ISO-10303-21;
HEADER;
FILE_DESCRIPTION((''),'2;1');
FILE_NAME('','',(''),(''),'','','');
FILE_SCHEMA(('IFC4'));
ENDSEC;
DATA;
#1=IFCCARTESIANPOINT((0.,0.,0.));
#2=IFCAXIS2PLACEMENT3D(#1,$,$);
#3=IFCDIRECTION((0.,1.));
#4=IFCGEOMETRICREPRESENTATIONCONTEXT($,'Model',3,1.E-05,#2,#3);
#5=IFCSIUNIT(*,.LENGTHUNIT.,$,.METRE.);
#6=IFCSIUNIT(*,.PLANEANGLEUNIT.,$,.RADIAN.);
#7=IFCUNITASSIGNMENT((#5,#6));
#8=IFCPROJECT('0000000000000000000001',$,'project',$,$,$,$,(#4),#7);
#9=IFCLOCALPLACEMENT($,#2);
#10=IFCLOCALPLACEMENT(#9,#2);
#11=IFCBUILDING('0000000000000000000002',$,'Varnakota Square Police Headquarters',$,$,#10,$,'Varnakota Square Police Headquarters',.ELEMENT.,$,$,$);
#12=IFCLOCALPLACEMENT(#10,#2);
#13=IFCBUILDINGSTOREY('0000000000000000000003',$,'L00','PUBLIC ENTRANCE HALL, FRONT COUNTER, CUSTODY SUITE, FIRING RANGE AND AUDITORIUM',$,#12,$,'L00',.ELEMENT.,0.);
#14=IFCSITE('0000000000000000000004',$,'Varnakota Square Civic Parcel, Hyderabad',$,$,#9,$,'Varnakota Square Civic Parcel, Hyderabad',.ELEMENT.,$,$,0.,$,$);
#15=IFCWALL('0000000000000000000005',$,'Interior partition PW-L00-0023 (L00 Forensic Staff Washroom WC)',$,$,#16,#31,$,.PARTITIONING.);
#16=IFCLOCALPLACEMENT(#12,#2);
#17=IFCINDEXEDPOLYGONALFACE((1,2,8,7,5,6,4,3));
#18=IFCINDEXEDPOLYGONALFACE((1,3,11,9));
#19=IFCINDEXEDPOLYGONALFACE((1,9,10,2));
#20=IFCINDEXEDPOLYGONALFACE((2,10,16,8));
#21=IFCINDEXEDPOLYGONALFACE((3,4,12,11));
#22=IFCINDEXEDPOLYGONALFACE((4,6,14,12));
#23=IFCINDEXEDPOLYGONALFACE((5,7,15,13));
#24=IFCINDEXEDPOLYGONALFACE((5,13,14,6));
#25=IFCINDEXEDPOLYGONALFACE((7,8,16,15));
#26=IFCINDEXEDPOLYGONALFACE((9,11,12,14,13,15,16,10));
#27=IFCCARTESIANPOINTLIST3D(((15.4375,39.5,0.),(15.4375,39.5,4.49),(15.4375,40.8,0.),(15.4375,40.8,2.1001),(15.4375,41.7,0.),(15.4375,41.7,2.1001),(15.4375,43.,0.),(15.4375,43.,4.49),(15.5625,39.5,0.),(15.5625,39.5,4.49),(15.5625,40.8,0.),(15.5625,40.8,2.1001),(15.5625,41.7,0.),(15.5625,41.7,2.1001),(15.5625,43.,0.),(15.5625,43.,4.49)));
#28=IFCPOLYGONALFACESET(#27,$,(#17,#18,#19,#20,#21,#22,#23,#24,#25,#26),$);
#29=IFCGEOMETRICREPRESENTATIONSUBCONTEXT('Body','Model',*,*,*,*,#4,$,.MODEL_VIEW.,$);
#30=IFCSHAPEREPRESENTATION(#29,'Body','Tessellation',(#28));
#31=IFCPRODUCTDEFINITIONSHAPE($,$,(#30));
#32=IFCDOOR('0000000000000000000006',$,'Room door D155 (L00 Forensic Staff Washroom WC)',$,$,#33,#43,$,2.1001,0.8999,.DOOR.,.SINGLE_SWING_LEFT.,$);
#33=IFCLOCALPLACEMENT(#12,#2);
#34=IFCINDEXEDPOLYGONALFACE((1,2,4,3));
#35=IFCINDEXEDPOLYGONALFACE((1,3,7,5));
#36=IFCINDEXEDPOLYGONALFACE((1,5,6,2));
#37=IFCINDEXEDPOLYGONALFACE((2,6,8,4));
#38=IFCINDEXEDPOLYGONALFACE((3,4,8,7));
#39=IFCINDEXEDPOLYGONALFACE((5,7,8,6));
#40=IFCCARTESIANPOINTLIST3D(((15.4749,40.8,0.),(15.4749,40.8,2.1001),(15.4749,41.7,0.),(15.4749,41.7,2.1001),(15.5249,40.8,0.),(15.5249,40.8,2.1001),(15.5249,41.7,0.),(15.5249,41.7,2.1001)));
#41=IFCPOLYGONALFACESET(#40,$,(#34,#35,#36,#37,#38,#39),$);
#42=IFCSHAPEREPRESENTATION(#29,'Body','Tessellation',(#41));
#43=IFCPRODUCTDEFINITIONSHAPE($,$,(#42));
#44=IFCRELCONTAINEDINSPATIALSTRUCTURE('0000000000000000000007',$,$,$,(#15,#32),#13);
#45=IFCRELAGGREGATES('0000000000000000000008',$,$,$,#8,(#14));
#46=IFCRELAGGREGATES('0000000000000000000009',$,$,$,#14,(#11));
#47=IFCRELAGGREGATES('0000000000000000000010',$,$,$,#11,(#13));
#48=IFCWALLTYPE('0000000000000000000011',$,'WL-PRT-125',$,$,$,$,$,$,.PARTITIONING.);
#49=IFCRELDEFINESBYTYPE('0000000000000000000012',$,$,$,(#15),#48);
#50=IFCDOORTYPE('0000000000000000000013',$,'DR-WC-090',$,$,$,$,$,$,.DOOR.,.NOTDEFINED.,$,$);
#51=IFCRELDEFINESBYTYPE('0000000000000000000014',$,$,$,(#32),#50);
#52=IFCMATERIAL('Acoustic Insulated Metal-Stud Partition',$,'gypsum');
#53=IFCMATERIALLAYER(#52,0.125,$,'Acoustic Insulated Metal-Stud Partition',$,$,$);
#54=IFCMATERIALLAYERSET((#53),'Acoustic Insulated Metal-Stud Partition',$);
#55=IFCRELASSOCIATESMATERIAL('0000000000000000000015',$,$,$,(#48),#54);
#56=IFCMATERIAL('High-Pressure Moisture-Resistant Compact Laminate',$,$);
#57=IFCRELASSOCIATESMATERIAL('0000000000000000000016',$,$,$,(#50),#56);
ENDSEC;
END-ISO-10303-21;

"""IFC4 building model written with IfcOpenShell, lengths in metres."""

from ifc_helpers import new_model, si_unit, direction, frame, frame_2d, origin, place, context, subcontext, project, spatial, rectangle, extrude, material, layer, layer_set, type_object, element, fill, save


model = new_model("IFC4")

# Units and contexts
model_context = context("Model", 3, precision=1e-05, world=origin(), true_north=direction((0.0, 1.0)))
body_context = subcontext(model_context, "Body", "Model", "MODEL_VIEW")
ifc_project = project(units=[si_unit("LENGTHUNIT", "METRE"), si_unit("PLANEANGLEUNIT", "RADIAN")], contexts=[model_context])

# Site, building, storey
site_placement = place(None, origin())
site = spatial("IfcSite", under=ifc_project, at=site_placement, Name="Varnakota Square Civic Parcel, Hyderabad", LongName="Varnakota Square Civic Parcel, Hyderabad", CompositionType="ELEMENT", RefElevation=0.0)
building_placement = place(site_placement, origin())
building = spatial("IfcBuilding", under=site, at=building_placement, Name="Varnakota Square Police Headquarters", LongName="Varnakota Square Police Headquarters", CompositionType="ELEMENT")
storey_placement = place(building_placement, origin())
storey = spatial("IfcBuildingStorey", under=building, at=storey_placement, Name="L00", Description="PUBLIC ENTRANCE HALL, FRONT COUNTER, CUSTODY SUITE, FIRING RANGE AND AUDITORIUM", LongName="L00", CompositionType="ELEMENT", Elevation=0.0)

# Wall, opening, door
ifc_material_1 = material(Name="Acoustic Insulated Metal-Stud Partition", Category="gypsum")
ifc_layer_1 = layer(ifc_material_1, 0.125, Name="Acoustic Insulated Metal-Stud Partition")
ifc_layer_set_1 = layer_set([ifc_layer_1], Name="Acoustic Insulated Metal-Stud Partition")
wall_type_1 = type_object("IfcWallType", Name="WL-PRT-125", PredefinedType="PARTITIONING", material=ifc_layer_set_1)
wall_1_placement = place(storey_placement, frame((15.5, 43.0, 0.0), z_axis=(0.0, 0.0, 1.0), x_axis=(0.0, -1.0, 0.0)))
wall_1 = element("IfcWall", 1, at=wall_1_placement, inside=storey, type_object=wall_type_1, Name="Interior partition PW-L00-0023 (L00 Forensic Staff Washroom WC)", PredefinedType="PARTITIONING", context=body_context, shape_type="SweptSolid", body=[
    extrude(rectangle(XDim=3.5, YDim=0.125, at=frame_2d((1.75, 0.0))), origin(), (0.0, 0.0, 1.0), 4.49),
])
opening_1_placement = place(wall_1_placement, frame((1.3, 0.0, 0.0)))
opening_1 = element("IfcOpeningElement", 2, at=opening_1_placement, cuts=wall_1, PredefinedType="OPENING", context=body_context, shape_type="SweptSolid", body=[
    extrude(rectangle(XDim=0.8999, YDim=2.1001, at=frame_2d((0.45, 1.05))), frame((0.0, 0.0725, 0.0), z_axis=(0.0, -1.0, 0.0), x_axis=(1.0, 0.0, 0.0)), (0.0, 0.0, 1.0), 0.145),
])
ifc_material_2 = material(Name="High-Pressure Moisture-Resistant Compact Laminate")
door_type_1 = type_object("IfcDoorType", Name="DR-WC-090", OperationType="NOTDEFINED", PredefinedType="DOOR", material=ifc_material_2)
door_1_placement = place(opening_1_placement, origin())
door_1 = element("IfcDoor", 3, at=door_1_placement, inside=storey, type_object=door_type_1, Name="Room door D155 (L00 Forensic Staff Washroom WC)", OperationType="SINGLE_SWING_LEFT", OverallHeight=2.1001, OverallWidth=0.8999, PredefinedType="DOOR", context=body_context, shape_type="SweptSolid", body=[
    extrude(rectangle(XDim=0.8999, YDim=2.1001, at=frame_2d((0.45, 1.05))), frame((0.0, 0.0249, 0.0), z_axis=(0.0, -1.0, 0.0), x_axis=(1.0, 0.0, 0.0)), (0.0, 0.0, 1.0), 0.05),
])
fill(opening_1, door_1)

save(model, "model.ifc")
